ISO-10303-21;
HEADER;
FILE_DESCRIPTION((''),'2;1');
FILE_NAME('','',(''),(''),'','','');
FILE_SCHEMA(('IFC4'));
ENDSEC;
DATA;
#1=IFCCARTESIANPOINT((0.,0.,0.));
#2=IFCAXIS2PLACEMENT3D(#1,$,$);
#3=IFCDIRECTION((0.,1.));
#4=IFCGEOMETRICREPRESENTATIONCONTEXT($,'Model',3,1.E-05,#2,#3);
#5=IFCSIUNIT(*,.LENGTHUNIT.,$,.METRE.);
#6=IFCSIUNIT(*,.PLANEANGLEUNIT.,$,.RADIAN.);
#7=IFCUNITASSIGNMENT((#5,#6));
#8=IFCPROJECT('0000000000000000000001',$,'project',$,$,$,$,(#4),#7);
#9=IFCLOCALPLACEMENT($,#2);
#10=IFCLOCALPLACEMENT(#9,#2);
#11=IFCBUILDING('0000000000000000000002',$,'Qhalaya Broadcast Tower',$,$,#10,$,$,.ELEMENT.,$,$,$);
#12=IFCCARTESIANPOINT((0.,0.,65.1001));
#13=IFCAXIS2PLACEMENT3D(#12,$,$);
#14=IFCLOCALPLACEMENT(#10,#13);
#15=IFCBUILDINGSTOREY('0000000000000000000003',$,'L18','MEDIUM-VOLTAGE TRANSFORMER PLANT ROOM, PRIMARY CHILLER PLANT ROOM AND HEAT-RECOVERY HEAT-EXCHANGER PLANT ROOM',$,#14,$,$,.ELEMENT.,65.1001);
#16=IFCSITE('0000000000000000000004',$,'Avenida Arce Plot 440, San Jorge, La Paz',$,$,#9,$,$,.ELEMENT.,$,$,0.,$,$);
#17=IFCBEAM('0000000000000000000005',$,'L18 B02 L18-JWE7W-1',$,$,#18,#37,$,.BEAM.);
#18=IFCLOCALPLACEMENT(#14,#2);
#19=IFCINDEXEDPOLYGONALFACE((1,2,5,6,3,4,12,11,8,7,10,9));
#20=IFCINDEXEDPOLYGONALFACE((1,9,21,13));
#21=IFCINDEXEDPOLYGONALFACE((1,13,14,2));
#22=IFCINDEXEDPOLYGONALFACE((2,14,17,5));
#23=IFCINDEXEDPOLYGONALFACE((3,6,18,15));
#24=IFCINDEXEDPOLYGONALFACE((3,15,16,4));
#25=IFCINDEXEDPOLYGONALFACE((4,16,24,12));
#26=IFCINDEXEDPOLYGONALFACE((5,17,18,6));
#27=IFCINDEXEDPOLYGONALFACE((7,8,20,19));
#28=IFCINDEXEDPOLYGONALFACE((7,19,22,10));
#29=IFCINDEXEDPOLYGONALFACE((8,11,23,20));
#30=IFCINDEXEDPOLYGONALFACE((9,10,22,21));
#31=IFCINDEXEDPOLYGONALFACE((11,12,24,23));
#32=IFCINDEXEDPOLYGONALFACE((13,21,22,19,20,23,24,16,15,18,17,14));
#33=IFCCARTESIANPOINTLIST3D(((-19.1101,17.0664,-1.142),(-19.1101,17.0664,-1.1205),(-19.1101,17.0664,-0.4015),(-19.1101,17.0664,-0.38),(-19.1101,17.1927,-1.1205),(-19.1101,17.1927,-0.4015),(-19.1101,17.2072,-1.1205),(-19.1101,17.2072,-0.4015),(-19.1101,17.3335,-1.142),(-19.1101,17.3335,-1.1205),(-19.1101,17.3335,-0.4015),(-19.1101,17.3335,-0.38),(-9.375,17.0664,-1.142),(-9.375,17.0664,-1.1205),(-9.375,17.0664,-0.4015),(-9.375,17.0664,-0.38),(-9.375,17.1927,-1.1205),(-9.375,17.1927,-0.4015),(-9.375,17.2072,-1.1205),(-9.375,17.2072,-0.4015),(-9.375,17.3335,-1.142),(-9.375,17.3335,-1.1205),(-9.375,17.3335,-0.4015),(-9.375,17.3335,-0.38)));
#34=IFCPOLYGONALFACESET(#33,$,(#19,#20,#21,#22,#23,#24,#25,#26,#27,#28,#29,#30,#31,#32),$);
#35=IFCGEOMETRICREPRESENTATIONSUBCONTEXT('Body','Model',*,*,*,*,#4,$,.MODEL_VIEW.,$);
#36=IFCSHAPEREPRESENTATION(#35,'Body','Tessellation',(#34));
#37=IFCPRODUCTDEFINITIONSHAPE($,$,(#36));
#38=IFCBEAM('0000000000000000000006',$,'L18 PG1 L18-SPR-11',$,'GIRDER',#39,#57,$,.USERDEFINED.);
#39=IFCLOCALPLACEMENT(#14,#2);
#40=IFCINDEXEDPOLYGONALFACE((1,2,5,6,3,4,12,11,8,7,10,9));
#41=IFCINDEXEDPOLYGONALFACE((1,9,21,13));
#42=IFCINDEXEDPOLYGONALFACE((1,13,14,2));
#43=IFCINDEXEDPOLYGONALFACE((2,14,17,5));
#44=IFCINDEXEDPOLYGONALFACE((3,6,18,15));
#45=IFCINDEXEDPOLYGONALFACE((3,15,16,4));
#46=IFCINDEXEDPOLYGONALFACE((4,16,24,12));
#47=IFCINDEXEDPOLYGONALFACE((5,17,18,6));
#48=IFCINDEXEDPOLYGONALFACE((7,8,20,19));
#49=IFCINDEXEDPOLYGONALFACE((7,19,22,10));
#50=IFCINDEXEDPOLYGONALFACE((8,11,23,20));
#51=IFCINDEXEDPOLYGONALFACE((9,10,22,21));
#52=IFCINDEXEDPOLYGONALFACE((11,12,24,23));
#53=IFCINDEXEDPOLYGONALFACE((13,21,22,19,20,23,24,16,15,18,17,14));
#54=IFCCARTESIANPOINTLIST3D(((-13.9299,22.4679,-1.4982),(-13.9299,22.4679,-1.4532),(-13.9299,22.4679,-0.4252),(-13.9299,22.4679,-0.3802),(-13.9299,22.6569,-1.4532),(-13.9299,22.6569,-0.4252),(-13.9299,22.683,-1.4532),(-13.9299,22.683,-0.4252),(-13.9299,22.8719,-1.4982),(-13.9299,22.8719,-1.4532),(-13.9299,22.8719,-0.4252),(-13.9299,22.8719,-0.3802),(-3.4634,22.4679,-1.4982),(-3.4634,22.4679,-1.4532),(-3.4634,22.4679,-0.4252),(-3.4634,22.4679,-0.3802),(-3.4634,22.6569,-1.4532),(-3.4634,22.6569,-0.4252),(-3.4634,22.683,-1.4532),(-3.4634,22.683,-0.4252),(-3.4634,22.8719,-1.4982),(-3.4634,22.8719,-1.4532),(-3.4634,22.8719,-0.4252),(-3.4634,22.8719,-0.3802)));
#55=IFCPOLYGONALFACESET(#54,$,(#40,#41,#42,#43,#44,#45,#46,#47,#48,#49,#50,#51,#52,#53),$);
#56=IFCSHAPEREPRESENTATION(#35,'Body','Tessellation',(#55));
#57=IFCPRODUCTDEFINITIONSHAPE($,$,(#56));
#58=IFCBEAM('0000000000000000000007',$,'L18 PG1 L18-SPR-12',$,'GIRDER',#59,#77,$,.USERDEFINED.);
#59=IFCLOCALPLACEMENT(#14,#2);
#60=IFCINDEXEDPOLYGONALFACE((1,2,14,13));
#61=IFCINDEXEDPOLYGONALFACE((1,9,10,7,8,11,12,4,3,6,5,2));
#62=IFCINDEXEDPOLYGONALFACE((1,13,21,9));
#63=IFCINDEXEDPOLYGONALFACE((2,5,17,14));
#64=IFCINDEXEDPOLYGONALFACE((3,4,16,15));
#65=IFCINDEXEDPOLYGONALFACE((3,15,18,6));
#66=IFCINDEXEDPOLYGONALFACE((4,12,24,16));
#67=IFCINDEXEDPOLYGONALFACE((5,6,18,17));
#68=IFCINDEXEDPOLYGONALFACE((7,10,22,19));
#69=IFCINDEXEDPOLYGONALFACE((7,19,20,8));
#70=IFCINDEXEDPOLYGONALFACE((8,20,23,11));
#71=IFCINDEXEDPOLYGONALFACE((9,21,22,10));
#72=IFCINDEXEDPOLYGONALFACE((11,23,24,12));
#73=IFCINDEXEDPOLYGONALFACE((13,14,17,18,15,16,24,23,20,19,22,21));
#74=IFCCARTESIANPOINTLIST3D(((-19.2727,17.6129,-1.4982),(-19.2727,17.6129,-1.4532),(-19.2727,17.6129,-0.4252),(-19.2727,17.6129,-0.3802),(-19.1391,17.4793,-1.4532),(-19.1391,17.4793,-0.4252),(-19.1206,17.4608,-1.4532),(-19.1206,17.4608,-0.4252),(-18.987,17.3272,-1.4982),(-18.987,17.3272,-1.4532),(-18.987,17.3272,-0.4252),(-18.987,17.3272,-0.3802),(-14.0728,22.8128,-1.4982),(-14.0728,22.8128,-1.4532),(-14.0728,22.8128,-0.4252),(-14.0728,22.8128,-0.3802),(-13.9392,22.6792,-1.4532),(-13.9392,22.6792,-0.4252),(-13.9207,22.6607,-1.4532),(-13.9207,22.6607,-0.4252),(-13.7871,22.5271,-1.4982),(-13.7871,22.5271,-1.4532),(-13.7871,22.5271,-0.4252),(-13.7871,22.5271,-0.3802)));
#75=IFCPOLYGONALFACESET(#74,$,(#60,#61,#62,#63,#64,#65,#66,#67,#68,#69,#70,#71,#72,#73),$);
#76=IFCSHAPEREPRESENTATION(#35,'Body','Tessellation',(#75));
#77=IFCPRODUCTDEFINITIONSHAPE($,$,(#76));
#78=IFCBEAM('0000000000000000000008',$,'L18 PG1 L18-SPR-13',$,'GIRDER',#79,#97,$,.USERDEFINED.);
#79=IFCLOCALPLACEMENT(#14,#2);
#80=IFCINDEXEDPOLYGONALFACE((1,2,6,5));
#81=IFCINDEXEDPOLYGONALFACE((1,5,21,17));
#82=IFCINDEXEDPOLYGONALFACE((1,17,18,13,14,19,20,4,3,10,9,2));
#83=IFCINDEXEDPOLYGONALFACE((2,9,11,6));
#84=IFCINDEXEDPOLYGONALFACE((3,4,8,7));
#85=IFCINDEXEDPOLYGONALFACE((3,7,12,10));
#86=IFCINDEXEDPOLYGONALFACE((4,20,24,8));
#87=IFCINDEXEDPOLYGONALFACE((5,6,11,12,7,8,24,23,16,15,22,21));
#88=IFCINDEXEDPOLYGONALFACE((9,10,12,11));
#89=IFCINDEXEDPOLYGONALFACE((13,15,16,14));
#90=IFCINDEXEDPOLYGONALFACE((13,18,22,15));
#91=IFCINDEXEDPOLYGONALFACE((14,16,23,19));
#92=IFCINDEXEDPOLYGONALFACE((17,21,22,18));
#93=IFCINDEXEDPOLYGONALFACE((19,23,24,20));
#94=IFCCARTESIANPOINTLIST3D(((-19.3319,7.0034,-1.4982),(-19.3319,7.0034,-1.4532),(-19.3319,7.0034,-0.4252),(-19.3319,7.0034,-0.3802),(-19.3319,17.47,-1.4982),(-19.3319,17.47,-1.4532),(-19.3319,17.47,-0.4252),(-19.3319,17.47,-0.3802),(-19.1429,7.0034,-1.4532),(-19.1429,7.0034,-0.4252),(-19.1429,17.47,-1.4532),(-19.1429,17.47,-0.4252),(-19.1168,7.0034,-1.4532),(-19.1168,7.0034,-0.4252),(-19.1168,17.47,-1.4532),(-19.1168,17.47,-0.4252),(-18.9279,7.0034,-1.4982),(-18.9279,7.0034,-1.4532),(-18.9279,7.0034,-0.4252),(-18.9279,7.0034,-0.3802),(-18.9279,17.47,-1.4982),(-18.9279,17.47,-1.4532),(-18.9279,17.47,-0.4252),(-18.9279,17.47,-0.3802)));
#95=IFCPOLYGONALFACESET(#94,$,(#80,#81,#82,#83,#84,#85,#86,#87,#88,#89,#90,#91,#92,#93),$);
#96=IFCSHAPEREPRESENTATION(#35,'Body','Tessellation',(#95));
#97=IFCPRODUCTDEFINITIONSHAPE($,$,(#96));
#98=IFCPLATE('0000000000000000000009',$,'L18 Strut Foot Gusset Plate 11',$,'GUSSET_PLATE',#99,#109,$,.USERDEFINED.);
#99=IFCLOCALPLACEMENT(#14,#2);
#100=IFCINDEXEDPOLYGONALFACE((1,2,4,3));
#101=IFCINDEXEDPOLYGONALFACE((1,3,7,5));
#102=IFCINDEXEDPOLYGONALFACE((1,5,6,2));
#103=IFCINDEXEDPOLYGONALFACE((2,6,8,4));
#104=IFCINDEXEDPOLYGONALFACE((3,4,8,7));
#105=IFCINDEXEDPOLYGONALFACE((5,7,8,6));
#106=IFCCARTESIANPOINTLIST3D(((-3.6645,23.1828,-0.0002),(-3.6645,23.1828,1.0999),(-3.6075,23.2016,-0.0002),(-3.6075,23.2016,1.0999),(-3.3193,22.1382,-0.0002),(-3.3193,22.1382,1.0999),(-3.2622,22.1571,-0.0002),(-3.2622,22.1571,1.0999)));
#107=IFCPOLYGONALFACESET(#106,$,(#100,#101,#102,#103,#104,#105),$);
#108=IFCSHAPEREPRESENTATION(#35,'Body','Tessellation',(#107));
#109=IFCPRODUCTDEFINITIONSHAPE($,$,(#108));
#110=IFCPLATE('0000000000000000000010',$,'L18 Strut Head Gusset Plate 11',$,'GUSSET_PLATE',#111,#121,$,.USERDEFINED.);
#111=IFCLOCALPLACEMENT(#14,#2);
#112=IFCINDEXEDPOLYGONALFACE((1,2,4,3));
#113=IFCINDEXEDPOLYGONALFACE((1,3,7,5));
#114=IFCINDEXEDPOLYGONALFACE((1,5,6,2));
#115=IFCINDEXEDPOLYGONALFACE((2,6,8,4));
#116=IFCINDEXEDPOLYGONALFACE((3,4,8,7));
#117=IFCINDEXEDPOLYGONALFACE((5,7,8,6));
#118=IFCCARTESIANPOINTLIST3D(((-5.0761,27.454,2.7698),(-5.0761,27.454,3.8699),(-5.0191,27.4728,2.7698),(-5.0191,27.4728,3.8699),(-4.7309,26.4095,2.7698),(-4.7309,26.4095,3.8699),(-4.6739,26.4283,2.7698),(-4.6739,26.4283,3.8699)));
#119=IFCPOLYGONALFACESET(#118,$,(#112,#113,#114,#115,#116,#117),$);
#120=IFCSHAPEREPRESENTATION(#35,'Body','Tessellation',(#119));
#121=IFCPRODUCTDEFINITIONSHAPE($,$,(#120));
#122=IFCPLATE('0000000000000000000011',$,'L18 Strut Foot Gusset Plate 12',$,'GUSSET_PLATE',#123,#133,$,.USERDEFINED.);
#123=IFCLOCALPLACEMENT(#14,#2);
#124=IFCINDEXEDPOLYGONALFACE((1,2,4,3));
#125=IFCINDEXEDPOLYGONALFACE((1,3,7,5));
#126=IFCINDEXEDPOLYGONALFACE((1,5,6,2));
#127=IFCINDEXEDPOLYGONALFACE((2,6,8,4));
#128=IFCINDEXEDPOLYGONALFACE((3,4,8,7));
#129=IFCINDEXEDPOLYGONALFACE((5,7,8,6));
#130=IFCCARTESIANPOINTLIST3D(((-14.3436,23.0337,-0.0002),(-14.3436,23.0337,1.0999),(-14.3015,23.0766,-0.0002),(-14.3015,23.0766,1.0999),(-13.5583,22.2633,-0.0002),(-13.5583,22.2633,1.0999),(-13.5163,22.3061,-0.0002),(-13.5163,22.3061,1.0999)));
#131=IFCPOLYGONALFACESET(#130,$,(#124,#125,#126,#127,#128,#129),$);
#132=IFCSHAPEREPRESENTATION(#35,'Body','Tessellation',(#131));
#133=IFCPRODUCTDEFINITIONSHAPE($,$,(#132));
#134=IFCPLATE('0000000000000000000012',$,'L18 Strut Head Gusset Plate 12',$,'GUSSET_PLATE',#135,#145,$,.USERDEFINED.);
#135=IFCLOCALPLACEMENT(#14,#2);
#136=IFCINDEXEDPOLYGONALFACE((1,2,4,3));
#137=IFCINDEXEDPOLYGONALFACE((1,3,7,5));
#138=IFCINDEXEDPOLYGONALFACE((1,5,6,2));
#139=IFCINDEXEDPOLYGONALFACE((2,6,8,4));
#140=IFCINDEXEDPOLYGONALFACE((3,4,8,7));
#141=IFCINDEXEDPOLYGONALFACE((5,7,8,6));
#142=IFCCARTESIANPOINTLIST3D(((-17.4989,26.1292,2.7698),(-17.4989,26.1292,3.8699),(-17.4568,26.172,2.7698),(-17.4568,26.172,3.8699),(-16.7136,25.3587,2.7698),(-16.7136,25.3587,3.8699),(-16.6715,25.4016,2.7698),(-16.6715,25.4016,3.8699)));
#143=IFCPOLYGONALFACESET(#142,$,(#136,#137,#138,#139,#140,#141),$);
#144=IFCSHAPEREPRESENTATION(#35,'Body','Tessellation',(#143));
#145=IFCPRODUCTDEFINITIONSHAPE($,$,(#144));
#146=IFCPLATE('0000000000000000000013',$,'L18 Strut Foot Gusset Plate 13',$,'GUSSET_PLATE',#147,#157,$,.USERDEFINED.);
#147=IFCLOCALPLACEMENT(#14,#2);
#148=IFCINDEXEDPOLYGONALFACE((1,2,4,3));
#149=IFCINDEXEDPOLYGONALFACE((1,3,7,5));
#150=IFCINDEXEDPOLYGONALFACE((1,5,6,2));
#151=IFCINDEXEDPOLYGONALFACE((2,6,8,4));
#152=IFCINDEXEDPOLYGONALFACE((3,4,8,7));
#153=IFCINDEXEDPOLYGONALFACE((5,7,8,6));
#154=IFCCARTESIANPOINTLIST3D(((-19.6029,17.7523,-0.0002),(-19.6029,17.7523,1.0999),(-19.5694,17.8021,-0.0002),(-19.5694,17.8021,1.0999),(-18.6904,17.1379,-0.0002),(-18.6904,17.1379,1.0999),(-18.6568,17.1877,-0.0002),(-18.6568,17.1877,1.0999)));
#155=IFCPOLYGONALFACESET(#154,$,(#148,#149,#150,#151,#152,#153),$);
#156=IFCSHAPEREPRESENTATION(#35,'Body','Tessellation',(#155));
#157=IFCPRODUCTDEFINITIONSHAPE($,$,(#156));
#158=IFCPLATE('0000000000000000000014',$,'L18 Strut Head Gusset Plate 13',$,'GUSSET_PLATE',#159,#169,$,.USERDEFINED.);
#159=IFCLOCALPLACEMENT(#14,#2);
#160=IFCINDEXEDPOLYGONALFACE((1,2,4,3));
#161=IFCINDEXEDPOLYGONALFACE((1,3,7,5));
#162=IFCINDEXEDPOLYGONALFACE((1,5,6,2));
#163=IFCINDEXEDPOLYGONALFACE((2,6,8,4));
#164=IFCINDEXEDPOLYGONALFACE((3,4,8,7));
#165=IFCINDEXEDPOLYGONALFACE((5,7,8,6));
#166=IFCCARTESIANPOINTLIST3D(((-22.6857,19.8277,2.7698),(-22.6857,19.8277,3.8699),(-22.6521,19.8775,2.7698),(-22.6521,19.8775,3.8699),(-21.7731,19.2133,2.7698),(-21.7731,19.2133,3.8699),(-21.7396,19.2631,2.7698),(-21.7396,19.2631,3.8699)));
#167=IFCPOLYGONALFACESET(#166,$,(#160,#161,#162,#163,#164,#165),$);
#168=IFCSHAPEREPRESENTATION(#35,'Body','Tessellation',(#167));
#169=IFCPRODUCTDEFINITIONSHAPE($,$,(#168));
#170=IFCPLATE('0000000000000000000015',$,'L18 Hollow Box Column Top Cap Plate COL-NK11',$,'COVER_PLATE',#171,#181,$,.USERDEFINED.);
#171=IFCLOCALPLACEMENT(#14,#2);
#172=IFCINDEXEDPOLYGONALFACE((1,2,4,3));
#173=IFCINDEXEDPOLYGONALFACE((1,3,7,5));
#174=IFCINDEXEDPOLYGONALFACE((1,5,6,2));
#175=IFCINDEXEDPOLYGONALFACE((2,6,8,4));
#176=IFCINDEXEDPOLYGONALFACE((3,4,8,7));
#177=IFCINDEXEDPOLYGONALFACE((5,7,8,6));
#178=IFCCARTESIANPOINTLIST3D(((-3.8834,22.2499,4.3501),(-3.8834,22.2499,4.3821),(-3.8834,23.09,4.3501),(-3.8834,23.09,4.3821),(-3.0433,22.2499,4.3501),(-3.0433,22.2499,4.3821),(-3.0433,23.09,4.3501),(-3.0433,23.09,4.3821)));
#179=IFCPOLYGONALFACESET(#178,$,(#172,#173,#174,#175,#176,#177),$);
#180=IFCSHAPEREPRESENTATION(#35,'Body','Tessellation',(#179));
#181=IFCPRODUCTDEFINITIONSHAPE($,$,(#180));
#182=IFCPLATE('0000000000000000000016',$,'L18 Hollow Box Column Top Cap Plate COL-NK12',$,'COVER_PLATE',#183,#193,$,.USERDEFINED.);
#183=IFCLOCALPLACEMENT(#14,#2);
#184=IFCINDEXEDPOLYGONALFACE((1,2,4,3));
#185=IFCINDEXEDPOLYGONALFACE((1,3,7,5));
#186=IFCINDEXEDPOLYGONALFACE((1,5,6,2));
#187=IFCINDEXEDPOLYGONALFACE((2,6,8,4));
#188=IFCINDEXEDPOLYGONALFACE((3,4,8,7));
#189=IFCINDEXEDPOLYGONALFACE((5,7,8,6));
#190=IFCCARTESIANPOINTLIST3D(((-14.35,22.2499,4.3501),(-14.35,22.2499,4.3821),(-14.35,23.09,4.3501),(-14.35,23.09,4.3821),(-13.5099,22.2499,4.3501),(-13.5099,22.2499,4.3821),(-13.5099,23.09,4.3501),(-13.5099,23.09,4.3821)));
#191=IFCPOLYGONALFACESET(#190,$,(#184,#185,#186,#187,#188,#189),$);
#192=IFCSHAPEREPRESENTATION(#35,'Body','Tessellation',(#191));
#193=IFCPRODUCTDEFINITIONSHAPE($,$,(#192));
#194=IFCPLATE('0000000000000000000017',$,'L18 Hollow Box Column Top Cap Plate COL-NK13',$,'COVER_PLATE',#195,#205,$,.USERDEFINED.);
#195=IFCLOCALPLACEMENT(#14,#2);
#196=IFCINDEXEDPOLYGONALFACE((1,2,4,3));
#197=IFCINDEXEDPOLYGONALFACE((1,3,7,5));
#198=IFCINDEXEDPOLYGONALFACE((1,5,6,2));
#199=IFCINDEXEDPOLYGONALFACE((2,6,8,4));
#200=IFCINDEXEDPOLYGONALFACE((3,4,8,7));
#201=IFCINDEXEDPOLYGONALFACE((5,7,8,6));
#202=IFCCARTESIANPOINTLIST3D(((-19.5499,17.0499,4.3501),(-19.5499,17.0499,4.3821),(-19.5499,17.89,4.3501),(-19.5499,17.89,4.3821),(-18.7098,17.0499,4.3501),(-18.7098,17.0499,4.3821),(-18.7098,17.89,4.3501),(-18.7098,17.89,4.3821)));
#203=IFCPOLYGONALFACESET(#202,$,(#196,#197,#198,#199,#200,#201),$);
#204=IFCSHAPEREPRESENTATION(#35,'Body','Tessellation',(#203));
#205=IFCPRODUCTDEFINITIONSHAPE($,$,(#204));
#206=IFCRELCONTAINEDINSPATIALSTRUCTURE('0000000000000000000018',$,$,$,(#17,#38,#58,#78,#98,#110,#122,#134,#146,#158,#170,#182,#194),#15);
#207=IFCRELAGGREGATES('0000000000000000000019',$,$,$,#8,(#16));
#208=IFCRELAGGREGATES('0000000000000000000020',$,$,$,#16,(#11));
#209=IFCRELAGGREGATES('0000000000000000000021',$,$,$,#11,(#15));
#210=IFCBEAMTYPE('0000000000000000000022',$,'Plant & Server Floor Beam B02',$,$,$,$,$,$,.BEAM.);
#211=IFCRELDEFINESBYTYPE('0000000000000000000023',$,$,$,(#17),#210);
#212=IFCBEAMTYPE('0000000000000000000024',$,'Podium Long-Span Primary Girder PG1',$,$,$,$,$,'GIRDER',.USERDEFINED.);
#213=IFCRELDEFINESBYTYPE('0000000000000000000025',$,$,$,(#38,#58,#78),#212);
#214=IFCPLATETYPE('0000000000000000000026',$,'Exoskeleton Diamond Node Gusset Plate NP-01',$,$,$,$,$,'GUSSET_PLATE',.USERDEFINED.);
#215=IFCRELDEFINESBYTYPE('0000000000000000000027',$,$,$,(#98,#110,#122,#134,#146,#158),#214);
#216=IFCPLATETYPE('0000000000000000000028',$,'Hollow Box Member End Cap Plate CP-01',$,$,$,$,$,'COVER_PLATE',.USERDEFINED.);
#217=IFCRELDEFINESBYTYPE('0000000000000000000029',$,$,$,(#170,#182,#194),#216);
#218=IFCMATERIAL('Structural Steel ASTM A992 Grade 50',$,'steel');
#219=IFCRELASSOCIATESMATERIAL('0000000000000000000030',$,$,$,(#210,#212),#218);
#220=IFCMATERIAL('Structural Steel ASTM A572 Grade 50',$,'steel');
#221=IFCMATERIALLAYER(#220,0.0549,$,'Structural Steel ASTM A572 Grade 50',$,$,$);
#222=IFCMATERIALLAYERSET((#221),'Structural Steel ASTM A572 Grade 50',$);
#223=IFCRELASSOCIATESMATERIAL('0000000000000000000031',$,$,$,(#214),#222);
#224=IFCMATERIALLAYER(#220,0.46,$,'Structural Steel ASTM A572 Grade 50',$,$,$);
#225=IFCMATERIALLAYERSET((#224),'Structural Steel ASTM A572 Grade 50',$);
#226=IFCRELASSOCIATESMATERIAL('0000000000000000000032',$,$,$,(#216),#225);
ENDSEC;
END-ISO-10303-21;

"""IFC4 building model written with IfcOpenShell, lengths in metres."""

from ifc_helpers import new_model, si_unit, direction, frame, origin, origin_2d, place, context, subcontext, project, spatial, rectangle, i_section, extrude, material, layer, layer_set, material_profile, profile_set, type_object, element, save


model = new_model("IFC4")

# Units and contexts
model_context = context("Model", 3, precision=1e-05, world=origin(), true_north=direction((0.0, 1.0)))
body_context = subcontext(model_context, "Body", "Model", "MODEL_VIEW")
ifc_project = project(units=[si_unit("LENGTHUNIT", "METRE"), si_unit("PLANEANGLEUNIT", "RADIAN")], contexts=[model_context])

# Site, building, storey
site_placement = place(None, origin())
site = spatial("IfcSite", under=ifc_project, at=site_placement, Name="Avenida Arce Plot 440, San Jorge, La Paz", CompositionType="ELEMENT", RefElevation=0.0)
building_placement = place(site_placement, origin())
building = spatial("IfcBuilding", under=site, at=building_placement, Name="Qhalaya Broadcast Tower", CompositionType="ELEMENT")
storey_placement = place(building_placement, frame((0.0, 0.0, 65.1001)))
storey = spatial("IfcBuildingStorey", under=building, at=storey_placement, Name="L18", Description="MEDIUM-VOLTAGE TRANSFORMER PLANT ROOM, PRIMARY CHILLER PLANT ROOM AND HEAT-RECOVERY HEAT-EXCHANGER PLANT ROOM", CompositionType="ELEMENT", Elevation=65.1001)

# Shared definitions
ifc_material_1 = material(Name="Structural Steel ASTM A992 Grade 50", Category="steel")
ifc_material_2 = material(Name="Structural Steel ASTM A572 Grade 50", Category="steel")

# Beams
ifc_material_profile_1 = material_profile(ifc_material_1, i_section(OverallWidth=0.2671, OverallDepth=0.762, WebThickness=0.0144, FlangeThickness=0.0215, at=origin_2d()), Name="W30X116")
ifc_profile_set_1 = profile_set([ifc_material_profile_1], Name="Structural Steel ASTM A992 Grade 50")
beam_type_1 = type_object("IfcBeamType", Name="Plant & Server Floor Beam B02", PredefinedType="BEAM", material=ifc_profile_set_1)
for number, where, z_axis, x_axis, name in (
    (1, (-19.1101, 17.2, -0.761), (1.0, 0.0, 0.0), (0.0, 1.0, 0.0), "L18 B02 L18-JWE7W-1"),
):
    element("IfcBeam", number, at=place(storey_placement, frame(where, z_axis=z_axis, x_axis=x_axis)), inside=storey, type_object=beam_type_1, Name=name, PredefinedType="BEAM", context=body_context, shape_type="SweptSolid", body=[
        extrude(i_section(OverallWidth=0.2671, OverallDepth=0.762, WebThickness=0.0144, FlangeThickness=0.0215, at=origin_2d()), origin(), (0.0, 0.0, 1.0), 9.7351),
    ])
ifc_material_profile_2 = material_profile(ifc_material_1, i_section(OverallWidth=0.4041, OverallDepth=1.1179, WebThickness=0.0261, FlangeThickness=0.0449, at=origin_2d()), Name="W44X335")
ifc_profile_set_2 = profile_set([ifc_material_profile_2], Name="Structural Steel ASTM A992 Grade 50")
beam_type_2 = type_object("IfcBeamType", Name="Podium Long-Span Primary Girder PG1", ElementType="GIRDER", PredefinedType="USERDEFINED", material=ifc_profile_set_2)
beam_1_placement = place(storey_placement, frame((-3.4634, 22.6699, -0.9392), z_axis=(-1.0, 0.0, 0.0), x_axis=(0.0, -1.0, 0.0)))
element("IfcBeam", 2, at=beam_1_placement, inside=storey, type_object=beam_type_2, Name="L18 PG1 L18-SPR-11", ObjectType="GIRDER", PredefinedType="USERDEFINED", context=body_context, shape_type="SweptSolid", body=[
    extrude(i_section(OverallWidth=0.4041, OverallDepth=1.1179, WebThickness=0.0261, FlangeThickness=0.0449, at=origin_2d()), origin(), (0.0, 0.0, 1.0), 10.4666),
])
beam_2_placement = place(storey_placement, frame((-13.9299, 22.6699, -0.9392), z_axis=(-0.707107, -0.707107, 0.0), x_axis=(0.707107, -0.707107, 0.0)))
element("IfcBeam", 3, at=beam_2_placement, inside=storey, type_object=beam_type_2, Name="L18 PG1 L18-SPR-12", ObjectType="GIRDER", PredefinedType="USERDEFINED", context=body_context, shape_type="SweptSolid", body=[
    extrude(i_section(OverallWidth=0.4041, OverallDepth=1.1179, WebThickness=0.0261, FlangeThickness=0.0449, at=origin_2d()), origin(), (0.0, 0.0, 1.0), 7.3538),
])
beam_3_placement = place(storey_placement, frame((-19.1299, 17.47, -0.9392), z_axis=(0.0, -1.0, 0.0), x_axis=(1.0, 0.0, 0.0)))
element("IfcBeam", 4, at=beam_3_placement, inside=storey, type_object=beam_type_2, Name="L18 PG1 L18-SPR-13", ObjectType="GIRDER", PredefinedType="USERDEFINED", context=body_context, shape_type="SweptSolid", body=[
    extrude(i_section(OverallWidth=0.4041, OverallDepth=1.1179, WebThickness=0.0261, FlangeThickness=0.0449, at=origin_2d()), origin(), (0.0, 0.0, 1.0), 10.4666),
])

# Plates
ifc_layer_1 = layer(ifc_material_2, 0.0549, Name="Structural Steel ASTM A572 Grade 50")
ifc_layer_set_1 = layer_set([ifc_layer_1], Name="Structural Steel ASTM A572 Grade 50")
plate_type_1 = type_object("IfcPlateType", Name="Exoskeleton Diamond Node Gusset Plate NP-01", ElementType="GUSSET_PLATE", PredefinedType="USERDEFINED", material=ifc_layer_set_1)
for number, where, z_axis, x_axis, name in (
    (5, (-3.4634, 22.6699, -0.0002), (0.0, 0.0, 1.0), (-0.313827, 0.94948, 0.0), "L18 Strut Foot Gusset Plate 11"),
    (6, (-4.875, 26.9412, 2.7698), (0.0, 0.0, 1.0), (-0.313827, 0.94948, 0.0), "L18 Strut Head Gusset Plate 11"),
    (7, (-13.9299, 22.6699, -0.0002), (0.0, 0.0, 1.0), (-0.713825, 0.700324, 0.0), "L18 Strut Foot Gusset Plate 12"),
    (8, (-17.0852, 25.7654, 2.7698), (0.0, 0.0, 1.0), (-0.713825, 0.700324, 0.0), "L18 Strut Head Gusset Plate 12"),
    (9, (-19.1299, 17.47, -0.0002), (0.0, 0.0, 1.0), (-0.829515, 0.558484, 0.0), "L18 Strut Foot Gusset Plate 13"),
    (10, (-22.2126, 19.5454, 2.7698), (0.0, 0.0, 1.0), (-0.829515, 0.558484, 0.0), "L18 Strut Head Gusset Plate 13"),
):
    element("IfcPlate", number, at=place(storey_placement, frame(where, z_axis=z_axis, x_axis=x_axis)), inside=storey, type_object=plate_type_1, Name=name, ObjectType="GUSSET_PLATE", PredefinedType="USERDEFINED", context=body_context, shape_type="SweptSolid", body=[
        extrude(rectangle(XDim=1.1001, YDim=0.0601, at=origin_2d()), origin(), (0.0, 0.0, 1.0), 1.1001),
    ])
ifc_layer_2 = layer(ifc_material_2, 0.46, Name="Structural Steel ASTM A572 Grade 50")
ifc_layer_set_2 = layer_set([ifc_layer_2], Name="Structural Steel ASTM A572 Grade 50")
plate_type_2 = type_object("IfcPlateType", Name="Hollow Box Member End Cap Plate CP-01", ElementType="COVER_PLATE", PredefinedType="USERDEFINED", material=ifc_layer_set_2)
for number, where, z_axis, x_axis, name in (
    (11, (-3.4634, 22.6699, 4.3501), (0.0, 0.0, 1.0), (1.0, 0.0, 0.0), "L18 Hollow Box Column Top Cap Plate COL-NK11"),
    (12, (-13.9299, 22.6699, 4.3501), (0.0, 0.0, 1.0), (1.0, 0.0, 0.0), "L18 Hollow Box Column Top Cap Plate COL-NK12"),
    (13, (-19.1299, 17.47, 4.3501), (0.0, 0.0, 1.0), (0.0, 1.0, 0.0), "L18 Hollow Box Column Top Cap Plate COL-NK13"),
):
    element("IfcPlate", number, at=place(storey_placement, frame(where, z_axis=z_axis, x_axis=x_axis)), inside=storey, type_object=plate_type_2, Name=name, ObjectType="COVER_PLATE", PredefinedType="USERDEFINED", context=body_context, shape_type="SweptSolid", body=[
        extrude(rectangle(XDim=0.8401, YDim=0.8401, at=origin_2d()), origin(), (0.0, 0.0, 1.0), 0.032),
    ])

save(model, "model.ifc")
